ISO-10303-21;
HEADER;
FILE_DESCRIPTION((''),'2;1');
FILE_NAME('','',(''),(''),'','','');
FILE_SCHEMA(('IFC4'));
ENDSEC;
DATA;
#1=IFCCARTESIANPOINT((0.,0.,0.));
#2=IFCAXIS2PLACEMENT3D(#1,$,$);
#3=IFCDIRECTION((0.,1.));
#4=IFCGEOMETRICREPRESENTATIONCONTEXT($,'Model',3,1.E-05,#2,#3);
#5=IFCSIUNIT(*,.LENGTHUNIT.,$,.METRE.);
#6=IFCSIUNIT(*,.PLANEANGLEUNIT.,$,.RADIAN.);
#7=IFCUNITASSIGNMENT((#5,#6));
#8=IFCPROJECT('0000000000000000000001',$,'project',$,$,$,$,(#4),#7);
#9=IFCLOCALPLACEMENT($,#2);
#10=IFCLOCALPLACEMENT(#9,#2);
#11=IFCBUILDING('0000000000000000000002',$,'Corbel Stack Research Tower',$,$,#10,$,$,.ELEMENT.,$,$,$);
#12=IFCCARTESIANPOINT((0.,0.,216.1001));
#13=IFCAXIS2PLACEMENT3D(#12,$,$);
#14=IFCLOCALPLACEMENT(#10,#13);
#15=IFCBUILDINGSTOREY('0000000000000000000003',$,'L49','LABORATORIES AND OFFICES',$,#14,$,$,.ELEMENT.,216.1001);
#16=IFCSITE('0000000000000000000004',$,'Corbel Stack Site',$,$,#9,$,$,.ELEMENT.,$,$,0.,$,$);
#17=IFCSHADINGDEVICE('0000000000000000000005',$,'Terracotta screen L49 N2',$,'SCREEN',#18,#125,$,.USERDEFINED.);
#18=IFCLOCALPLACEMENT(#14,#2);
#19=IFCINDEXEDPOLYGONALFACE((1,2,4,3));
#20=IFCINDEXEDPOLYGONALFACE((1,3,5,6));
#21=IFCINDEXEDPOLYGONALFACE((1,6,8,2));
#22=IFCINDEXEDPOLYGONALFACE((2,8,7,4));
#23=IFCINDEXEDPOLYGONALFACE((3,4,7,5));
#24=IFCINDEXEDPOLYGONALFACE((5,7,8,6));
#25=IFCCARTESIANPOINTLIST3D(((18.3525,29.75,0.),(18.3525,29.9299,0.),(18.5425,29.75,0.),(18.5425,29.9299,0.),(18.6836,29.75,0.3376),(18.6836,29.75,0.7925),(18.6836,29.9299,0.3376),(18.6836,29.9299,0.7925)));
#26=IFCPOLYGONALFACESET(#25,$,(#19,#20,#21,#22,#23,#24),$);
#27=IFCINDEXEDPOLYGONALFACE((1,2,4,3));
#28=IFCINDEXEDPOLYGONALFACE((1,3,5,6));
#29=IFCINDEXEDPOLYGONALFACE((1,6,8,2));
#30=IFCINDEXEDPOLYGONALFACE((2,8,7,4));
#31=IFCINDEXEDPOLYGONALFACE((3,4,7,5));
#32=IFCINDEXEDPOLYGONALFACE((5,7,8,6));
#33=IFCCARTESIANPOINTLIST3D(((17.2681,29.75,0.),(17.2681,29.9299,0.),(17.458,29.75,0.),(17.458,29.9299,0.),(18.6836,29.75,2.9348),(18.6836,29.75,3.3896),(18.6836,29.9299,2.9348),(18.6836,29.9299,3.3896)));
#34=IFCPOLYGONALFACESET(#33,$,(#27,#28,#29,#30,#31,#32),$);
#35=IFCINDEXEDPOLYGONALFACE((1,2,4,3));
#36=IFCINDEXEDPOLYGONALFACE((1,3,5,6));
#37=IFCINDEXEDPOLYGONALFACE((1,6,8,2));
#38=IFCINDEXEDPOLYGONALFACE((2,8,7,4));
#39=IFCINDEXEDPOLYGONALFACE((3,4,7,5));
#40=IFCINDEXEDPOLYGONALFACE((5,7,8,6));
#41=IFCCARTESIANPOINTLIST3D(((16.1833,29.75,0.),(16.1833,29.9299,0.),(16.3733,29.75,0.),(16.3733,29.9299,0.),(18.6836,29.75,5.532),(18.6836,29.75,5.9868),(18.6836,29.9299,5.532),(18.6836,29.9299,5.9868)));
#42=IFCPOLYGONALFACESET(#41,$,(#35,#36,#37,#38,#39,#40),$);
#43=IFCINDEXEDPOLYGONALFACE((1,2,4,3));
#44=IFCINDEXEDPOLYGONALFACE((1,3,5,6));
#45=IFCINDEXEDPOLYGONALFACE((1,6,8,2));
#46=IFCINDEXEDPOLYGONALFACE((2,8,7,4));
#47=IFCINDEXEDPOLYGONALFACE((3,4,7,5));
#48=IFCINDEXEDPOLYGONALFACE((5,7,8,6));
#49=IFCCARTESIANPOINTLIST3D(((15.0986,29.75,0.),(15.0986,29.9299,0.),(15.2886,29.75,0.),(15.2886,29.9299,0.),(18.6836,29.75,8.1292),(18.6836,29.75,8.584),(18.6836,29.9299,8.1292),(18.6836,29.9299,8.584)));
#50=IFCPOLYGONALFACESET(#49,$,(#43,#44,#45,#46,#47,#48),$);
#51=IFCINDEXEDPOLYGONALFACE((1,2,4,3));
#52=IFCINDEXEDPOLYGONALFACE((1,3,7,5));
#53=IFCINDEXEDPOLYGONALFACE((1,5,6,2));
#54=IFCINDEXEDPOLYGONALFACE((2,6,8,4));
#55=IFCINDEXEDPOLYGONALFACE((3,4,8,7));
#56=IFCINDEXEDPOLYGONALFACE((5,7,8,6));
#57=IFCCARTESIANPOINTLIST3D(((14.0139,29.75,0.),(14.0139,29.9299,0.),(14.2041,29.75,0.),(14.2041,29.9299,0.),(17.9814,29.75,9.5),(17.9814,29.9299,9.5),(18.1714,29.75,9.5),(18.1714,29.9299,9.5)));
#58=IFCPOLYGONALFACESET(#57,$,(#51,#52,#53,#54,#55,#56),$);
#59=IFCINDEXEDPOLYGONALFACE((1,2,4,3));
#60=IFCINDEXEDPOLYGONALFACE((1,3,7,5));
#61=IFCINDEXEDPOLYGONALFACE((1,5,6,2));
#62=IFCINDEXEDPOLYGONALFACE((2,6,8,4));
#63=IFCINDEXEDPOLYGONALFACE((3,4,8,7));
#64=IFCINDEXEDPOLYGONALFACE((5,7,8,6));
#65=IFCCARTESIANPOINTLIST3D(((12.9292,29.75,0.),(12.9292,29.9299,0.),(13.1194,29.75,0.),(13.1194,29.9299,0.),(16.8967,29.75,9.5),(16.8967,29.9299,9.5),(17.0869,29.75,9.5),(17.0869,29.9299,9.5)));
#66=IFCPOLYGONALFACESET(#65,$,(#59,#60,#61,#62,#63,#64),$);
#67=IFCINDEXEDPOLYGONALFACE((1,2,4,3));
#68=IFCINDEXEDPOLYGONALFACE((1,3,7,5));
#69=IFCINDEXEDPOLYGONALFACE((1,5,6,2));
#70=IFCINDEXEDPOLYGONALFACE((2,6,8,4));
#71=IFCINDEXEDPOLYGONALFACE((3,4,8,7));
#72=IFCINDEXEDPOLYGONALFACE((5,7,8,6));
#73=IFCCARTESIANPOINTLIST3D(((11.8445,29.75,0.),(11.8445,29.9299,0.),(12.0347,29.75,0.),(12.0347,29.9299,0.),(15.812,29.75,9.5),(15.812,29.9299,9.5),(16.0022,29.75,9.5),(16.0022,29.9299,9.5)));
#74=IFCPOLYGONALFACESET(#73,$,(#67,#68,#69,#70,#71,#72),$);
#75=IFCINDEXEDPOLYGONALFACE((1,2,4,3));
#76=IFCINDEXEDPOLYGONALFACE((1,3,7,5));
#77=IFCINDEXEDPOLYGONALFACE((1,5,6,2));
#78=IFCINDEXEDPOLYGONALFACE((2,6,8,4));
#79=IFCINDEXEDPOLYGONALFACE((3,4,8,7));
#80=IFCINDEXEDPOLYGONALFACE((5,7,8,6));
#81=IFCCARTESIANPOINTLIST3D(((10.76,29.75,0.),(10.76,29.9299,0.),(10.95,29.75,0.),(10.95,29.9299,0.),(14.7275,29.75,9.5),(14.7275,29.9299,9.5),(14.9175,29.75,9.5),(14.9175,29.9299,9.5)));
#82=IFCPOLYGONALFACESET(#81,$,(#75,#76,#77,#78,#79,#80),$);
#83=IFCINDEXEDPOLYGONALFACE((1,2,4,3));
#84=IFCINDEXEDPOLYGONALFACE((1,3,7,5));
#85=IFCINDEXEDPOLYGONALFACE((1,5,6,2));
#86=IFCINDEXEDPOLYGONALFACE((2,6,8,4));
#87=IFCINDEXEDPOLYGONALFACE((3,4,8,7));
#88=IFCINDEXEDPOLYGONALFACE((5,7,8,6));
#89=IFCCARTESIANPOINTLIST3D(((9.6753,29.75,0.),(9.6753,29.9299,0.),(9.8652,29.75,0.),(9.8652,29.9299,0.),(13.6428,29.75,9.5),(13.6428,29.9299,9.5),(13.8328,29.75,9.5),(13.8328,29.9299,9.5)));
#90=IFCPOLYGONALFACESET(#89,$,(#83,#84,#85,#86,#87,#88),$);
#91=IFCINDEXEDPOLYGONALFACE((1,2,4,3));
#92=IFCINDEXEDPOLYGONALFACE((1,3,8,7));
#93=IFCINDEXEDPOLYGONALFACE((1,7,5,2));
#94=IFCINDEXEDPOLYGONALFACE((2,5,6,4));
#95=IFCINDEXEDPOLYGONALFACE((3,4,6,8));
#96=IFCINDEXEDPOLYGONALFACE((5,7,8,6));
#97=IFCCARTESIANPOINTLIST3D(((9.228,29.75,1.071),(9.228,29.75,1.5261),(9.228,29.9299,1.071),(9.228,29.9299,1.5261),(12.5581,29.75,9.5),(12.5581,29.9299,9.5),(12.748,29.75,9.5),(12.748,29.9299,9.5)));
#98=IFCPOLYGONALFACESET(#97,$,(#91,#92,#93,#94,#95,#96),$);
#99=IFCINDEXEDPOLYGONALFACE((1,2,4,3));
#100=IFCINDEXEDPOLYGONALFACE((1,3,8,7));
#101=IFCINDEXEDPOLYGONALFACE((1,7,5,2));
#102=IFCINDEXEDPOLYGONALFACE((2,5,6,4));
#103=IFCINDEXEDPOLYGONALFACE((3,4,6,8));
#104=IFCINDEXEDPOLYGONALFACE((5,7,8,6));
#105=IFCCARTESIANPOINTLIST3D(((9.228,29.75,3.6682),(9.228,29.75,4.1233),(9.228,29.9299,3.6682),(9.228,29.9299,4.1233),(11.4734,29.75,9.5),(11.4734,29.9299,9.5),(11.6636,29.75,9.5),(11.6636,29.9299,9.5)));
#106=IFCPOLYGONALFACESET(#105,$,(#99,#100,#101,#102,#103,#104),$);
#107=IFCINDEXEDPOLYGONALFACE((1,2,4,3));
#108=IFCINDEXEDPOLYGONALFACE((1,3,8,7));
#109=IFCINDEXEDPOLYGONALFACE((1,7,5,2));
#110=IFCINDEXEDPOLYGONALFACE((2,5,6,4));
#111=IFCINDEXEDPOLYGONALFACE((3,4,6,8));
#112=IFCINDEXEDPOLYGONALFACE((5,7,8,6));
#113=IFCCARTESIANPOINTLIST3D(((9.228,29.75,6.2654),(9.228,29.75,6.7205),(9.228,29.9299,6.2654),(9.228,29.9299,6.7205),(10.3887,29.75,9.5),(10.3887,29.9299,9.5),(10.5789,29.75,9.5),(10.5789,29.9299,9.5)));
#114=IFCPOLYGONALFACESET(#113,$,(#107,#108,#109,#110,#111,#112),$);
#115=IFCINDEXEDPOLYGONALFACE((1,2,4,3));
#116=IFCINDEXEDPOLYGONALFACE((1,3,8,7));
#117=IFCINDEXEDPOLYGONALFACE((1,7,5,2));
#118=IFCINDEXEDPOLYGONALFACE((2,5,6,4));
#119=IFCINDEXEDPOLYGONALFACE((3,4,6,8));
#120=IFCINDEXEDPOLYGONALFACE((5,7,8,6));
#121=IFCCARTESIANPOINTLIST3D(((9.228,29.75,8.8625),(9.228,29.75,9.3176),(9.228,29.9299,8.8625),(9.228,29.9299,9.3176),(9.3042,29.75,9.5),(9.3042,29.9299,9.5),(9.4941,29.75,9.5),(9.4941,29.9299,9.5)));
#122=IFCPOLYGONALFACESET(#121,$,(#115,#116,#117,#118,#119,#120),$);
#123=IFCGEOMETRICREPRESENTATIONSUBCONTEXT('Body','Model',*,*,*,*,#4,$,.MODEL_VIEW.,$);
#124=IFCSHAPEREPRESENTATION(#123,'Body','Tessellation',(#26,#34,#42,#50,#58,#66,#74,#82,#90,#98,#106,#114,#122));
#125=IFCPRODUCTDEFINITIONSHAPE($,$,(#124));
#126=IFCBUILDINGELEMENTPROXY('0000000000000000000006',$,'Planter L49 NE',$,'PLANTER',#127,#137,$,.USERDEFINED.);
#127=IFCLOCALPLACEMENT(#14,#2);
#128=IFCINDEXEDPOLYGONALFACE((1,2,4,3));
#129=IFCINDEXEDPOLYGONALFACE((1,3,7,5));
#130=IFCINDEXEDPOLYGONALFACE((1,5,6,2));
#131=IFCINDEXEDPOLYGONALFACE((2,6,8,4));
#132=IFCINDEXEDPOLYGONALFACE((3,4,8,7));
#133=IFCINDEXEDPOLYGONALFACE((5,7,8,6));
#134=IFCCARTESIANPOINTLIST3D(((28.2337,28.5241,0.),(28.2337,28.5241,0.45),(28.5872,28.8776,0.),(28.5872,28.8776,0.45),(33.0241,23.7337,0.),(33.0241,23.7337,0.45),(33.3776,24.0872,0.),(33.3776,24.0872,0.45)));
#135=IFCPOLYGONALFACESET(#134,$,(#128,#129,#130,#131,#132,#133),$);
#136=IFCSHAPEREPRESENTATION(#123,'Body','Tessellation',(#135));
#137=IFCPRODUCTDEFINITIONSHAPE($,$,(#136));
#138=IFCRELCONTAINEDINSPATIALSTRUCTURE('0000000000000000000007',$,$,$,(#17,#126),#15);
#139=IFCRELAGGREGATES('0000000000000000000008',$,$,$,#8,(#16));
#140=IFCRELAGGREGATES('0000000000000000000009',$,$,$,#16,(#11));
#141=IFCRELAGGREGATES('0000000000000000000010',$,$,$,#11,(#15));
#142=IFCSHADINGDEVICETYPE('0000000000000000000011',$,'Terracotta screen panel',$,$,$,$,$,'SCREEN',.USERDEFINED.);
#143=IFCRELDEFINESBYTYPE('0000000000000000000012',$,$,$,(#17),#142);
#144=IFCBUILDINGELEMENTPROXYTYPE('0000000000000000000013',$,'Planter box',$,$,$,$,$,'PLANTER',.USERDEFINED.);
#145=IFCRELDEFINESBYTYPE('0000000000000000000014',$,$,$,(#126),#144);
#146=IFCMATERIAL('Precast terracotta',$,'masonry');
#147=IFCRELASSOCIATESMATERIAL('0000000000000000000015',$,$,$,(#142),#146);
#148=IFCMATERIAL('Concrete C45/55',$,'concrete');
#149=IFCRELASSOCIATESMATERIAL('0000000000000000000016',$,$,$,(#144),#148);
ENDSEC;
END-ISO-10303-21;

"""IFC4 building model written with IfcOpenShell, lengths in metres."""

from ifc_helpers import new_model, si_unit, direction, frame, origin, origin_2d, place, context, subcontext, project, spatial, polyline, rectangle, outline, extrude, source, transform, mapped, material, type_object, element, save


model = new_model("IFC4")

# Units and contexts
model_context = context("Model", 3, precision=1e-05, world=origin(), true_north=direction((0.0, 1.0)))
body_context = subcontext(model_context, "Body", "Model", "MODEL_VIEW")
ifc_project = project(units=[si_unit("LENGTHUNIT", "METRE"), si_unit("PLANEANGLEUNIT", "RADIAN")], contexts=[model_context])

# Site, building, storey
site_placement = place(None, origin())
site = spatial("IfcSite", under=ifc_project, at=site_placement, Name="Corbel Stack Site", CompositionType="ELEMENT", RefElevation=0.0)
building_placement = place(site_placement, origin())
building = spatial("IfcBuilding", under=site, at=building_placement, Name="Corbel Stack Research Tower", CompositionType="ELEMENT")
storey_placement = place(building_placement, frame((0.0, 0.0, 216.1001)))
storey = spatial("IfcBuildingStorey", under=building, at=storey_placement, Name="L49", Description="LABORATORIES AND OFFICES", CompositionType="ELEMENT", Elevation=216.1001)

# Shading device
ifc_material_1 = material(Name="Precast terracotta", Category="masonry")
shading_device_type = type_object("IfcShadingDeviceType", Name="Terracotta screen panel", ElementType="SCREEN", PredefinedType="USERDEFINED", material=ifc_material_1)
shared_shape_1 = source(origin(), body_context, "Body", "SweptSolid", [
    extrude(outline(polyline([(0.3311, 0.0), (0.0, 0.7925), (0.0, 0.3376), (0.1411, 0.0), (0.3311, 0.0)])), frame((0.0, 0.0, 0.0), z_axis=(0.0, -1.0, 0.0), x_axis=(1.0, 0.0, 0.0)), (0.0, 0.0, 1.0), 0.1799),
    extrude(outline(polyline([(1.4155, 0.0), (0.0, 3.3896), (0.0, 2.9348), (1.2256, 0.0), (1.4155, 0.0)])), frame((0.0, 0.0, 0.0), z_axis=(0.0, -1.0, 0.0), x_axis=(1.0, 0.0, 0.0)), (0.0, 0.0, 1.0), 0.1799),
    extrude(outline(polyline([(2.5002, 0.0), (0.0, 5.9868), (0.0, 5.532), (2.3103, 0.0), (2.5002, 0.0)])), frame((0.0, 0.0, 0.0), z_axis=(0.0, -1.0, 0.0), x_axis=(1.0, 0.0, 0.0)), (0.0, 0.0, 1.0), 0.1799),
    extrude(outline(polyline([(3.585, 0.0), (0.0, 8.584), (0.0, 8.1292), (3.395, 0.0), (3.585, 0.0)])), frame((0.0, 0.0, 0.0), z_axis=(0.0, -1.0, 0.0), x_axis=(1.0, 0.0, 0.0)), (0.0, 0.0, 1.0), 0.1799),
    extrude(outline(polyline([(4.6697, 0.0), (0.7021, 9.5), (0.5122, 9.5), (4.4795, 0.0), (4.6697, 0.0)])), frame((0.0, 0.0, 0.0), z_axis=(0.0, -1.0, 0.0), x_axis=(1.0, 0.0, 0.0)), (0.0, 0.0, 1.0), 0.1799),
    extrude(outline(polyline([(5.7544, 0.0), (1.7869, 9.5), (1.5967, 9.5), (5.5642, 0.0), (5.7544, 0.0)])), frame((0.0, 0.0, 0.0), z_axis=(0.0, -1.0, 0.0), x_axis=(1.0, 0.0, 0.0)), (0.0, 0.0, 1.0), 0.1799),
    extrude(outline(polyline([(6.8391, 0.0), (2.8716, 9.5), (2.6814, 9.5), (6.6489, 0.0), (6.8391, 0.0)])), frame((0.0, 0.0, 0.0), z_axis=(0.0, -1.0, 0.0), x_axis=(1.0, 0.0, 0.0)), (0.0, 0.0, 1.0), 0.1799),
    extrude(outline(polyline([(7.9236, 0.0), (3.9561, 9.5), (3.7661, 9.5), (7.7336, 0.0), (7.9236, 0.0)])), frame((0.0, 0.0, 0.0), z_axis=(0.0, -1.0, 0.0), x_axis=(1.0, 0.0, 0.0)), (0.0, 0.0, 1.0), 0.1799),
    extrude(outline(polyline([(9.0083, 0.0), (5.0408, 9.5), (4.8508, 9.5), (8.8184, 0.0), (9.0083, 0.0)])), frame((0.0, 0.0, 0.0), z_axis=(0.0, -1.0, 0.0), x_axis=(1.0, 0.0, 0.0)), (0.0, 0.0, 1.0), 0.1799),
    extrude(outline(polyline([(6.1255, 9.5), (5.9355, 9.5), (9.4556, 1.071), (9.4556, 1.5261), (6.1255, 9.5)])), frame((0.0, 0.0, 0.0), z_axis=(0.0, -1.0, 0.0), x_axis=(1.0, 0.0, 0.0)), (0.0, 0.0, 1.0), 0.1799),
    extrude(outline(polyline([(7.2102, 9.5), (7.02, 9.5), (9.4556, 3.6682), (9.4556, 4.1233), (7.2102, 9.5)])), frame((0.0, 0.0, 0.0), z_axis=(0.0, -1.0, 0.0), x_axis=(1.0, 0.0, 0.0)), (0.0, 0.0, 1.0), 0.1799),
    extrude(outline(polyline([(8.2949, 9.5), (8.1047, 9.5), (9.4556, 6.2654), (9.4556, 6.7205), (8.2949, 9.5)])), frame((0.0, 0.0, 0.0), z_axis=(0.0, -1.0, 0.0), x_axis=(1.0, 0.0, 0.0)), (0.0, 0.0, 1.0), 0.1799),
    extrude(outline(polyline([(9.3794, 9.5), (9.1895, 9.5), (9.4556, 8.8625), (9.4556, 9.3176), (9.3794, 9.5)])), frame((0.0, 0.0, 0.0), z_axis=(0.0, -1.0, 0.0), x_axis=(1.0, 0.0, 0.0)), (0.0, 0.0, 1.0), 0.1799),
])
shading_device_1_placement = place(storey_placement, frame((18.6836, 29.75, 0.0), z_axis=(0.0, 0.0, 1.0), x_axis=(-1.0, 0.0, 0.0)))
element("IfcShadingDevice", 1, at=shading_device_1_placement, inside=storey, type_object=shading_device_type, Name="Terracotta screen L49 N2", ObjectType="SCREEN", PredefinedType="USERDEFINED", context=body_context, shape_type="MappedRepresentation", body=[
    mapped(shared_shape_1, transform((0.0, 0.0, 0.0))),
])

# Building element proxy
ifc_material_2 = material(Name="Concrete C45/55", Category="concrete")
building_element_proxy_type = type_object("IfcBuildingElementProxyType", Name="Planter box", ElementType="PLANTER", PredefinedType="USERDEFINED", material=ifc_material_2)
proxy_placement = place(storey_placement, frame((30.8057, 26.3057, 0.0), z_axis=(0.0, 0.0, 1.0), x_axis=(-0.707107, 0.707107, 0.0)))
element("IfcBuildingElementProxy", 2, at=proxy_placement, inside=storey, type_object=building_element_proxy_type, Name="Planter L49 NE", ObjectType="PLANTER", PredefinedType="USERDEFINED", context=body_context, shape_type="SweptSolid", body=[
    extrude(rectangle(XDim=6.7747, YDim=0.5, at=origin_2d()), origin(), (0.0, 0.0, 1.0), 0.45),
])

save(model, "model.ifc")
